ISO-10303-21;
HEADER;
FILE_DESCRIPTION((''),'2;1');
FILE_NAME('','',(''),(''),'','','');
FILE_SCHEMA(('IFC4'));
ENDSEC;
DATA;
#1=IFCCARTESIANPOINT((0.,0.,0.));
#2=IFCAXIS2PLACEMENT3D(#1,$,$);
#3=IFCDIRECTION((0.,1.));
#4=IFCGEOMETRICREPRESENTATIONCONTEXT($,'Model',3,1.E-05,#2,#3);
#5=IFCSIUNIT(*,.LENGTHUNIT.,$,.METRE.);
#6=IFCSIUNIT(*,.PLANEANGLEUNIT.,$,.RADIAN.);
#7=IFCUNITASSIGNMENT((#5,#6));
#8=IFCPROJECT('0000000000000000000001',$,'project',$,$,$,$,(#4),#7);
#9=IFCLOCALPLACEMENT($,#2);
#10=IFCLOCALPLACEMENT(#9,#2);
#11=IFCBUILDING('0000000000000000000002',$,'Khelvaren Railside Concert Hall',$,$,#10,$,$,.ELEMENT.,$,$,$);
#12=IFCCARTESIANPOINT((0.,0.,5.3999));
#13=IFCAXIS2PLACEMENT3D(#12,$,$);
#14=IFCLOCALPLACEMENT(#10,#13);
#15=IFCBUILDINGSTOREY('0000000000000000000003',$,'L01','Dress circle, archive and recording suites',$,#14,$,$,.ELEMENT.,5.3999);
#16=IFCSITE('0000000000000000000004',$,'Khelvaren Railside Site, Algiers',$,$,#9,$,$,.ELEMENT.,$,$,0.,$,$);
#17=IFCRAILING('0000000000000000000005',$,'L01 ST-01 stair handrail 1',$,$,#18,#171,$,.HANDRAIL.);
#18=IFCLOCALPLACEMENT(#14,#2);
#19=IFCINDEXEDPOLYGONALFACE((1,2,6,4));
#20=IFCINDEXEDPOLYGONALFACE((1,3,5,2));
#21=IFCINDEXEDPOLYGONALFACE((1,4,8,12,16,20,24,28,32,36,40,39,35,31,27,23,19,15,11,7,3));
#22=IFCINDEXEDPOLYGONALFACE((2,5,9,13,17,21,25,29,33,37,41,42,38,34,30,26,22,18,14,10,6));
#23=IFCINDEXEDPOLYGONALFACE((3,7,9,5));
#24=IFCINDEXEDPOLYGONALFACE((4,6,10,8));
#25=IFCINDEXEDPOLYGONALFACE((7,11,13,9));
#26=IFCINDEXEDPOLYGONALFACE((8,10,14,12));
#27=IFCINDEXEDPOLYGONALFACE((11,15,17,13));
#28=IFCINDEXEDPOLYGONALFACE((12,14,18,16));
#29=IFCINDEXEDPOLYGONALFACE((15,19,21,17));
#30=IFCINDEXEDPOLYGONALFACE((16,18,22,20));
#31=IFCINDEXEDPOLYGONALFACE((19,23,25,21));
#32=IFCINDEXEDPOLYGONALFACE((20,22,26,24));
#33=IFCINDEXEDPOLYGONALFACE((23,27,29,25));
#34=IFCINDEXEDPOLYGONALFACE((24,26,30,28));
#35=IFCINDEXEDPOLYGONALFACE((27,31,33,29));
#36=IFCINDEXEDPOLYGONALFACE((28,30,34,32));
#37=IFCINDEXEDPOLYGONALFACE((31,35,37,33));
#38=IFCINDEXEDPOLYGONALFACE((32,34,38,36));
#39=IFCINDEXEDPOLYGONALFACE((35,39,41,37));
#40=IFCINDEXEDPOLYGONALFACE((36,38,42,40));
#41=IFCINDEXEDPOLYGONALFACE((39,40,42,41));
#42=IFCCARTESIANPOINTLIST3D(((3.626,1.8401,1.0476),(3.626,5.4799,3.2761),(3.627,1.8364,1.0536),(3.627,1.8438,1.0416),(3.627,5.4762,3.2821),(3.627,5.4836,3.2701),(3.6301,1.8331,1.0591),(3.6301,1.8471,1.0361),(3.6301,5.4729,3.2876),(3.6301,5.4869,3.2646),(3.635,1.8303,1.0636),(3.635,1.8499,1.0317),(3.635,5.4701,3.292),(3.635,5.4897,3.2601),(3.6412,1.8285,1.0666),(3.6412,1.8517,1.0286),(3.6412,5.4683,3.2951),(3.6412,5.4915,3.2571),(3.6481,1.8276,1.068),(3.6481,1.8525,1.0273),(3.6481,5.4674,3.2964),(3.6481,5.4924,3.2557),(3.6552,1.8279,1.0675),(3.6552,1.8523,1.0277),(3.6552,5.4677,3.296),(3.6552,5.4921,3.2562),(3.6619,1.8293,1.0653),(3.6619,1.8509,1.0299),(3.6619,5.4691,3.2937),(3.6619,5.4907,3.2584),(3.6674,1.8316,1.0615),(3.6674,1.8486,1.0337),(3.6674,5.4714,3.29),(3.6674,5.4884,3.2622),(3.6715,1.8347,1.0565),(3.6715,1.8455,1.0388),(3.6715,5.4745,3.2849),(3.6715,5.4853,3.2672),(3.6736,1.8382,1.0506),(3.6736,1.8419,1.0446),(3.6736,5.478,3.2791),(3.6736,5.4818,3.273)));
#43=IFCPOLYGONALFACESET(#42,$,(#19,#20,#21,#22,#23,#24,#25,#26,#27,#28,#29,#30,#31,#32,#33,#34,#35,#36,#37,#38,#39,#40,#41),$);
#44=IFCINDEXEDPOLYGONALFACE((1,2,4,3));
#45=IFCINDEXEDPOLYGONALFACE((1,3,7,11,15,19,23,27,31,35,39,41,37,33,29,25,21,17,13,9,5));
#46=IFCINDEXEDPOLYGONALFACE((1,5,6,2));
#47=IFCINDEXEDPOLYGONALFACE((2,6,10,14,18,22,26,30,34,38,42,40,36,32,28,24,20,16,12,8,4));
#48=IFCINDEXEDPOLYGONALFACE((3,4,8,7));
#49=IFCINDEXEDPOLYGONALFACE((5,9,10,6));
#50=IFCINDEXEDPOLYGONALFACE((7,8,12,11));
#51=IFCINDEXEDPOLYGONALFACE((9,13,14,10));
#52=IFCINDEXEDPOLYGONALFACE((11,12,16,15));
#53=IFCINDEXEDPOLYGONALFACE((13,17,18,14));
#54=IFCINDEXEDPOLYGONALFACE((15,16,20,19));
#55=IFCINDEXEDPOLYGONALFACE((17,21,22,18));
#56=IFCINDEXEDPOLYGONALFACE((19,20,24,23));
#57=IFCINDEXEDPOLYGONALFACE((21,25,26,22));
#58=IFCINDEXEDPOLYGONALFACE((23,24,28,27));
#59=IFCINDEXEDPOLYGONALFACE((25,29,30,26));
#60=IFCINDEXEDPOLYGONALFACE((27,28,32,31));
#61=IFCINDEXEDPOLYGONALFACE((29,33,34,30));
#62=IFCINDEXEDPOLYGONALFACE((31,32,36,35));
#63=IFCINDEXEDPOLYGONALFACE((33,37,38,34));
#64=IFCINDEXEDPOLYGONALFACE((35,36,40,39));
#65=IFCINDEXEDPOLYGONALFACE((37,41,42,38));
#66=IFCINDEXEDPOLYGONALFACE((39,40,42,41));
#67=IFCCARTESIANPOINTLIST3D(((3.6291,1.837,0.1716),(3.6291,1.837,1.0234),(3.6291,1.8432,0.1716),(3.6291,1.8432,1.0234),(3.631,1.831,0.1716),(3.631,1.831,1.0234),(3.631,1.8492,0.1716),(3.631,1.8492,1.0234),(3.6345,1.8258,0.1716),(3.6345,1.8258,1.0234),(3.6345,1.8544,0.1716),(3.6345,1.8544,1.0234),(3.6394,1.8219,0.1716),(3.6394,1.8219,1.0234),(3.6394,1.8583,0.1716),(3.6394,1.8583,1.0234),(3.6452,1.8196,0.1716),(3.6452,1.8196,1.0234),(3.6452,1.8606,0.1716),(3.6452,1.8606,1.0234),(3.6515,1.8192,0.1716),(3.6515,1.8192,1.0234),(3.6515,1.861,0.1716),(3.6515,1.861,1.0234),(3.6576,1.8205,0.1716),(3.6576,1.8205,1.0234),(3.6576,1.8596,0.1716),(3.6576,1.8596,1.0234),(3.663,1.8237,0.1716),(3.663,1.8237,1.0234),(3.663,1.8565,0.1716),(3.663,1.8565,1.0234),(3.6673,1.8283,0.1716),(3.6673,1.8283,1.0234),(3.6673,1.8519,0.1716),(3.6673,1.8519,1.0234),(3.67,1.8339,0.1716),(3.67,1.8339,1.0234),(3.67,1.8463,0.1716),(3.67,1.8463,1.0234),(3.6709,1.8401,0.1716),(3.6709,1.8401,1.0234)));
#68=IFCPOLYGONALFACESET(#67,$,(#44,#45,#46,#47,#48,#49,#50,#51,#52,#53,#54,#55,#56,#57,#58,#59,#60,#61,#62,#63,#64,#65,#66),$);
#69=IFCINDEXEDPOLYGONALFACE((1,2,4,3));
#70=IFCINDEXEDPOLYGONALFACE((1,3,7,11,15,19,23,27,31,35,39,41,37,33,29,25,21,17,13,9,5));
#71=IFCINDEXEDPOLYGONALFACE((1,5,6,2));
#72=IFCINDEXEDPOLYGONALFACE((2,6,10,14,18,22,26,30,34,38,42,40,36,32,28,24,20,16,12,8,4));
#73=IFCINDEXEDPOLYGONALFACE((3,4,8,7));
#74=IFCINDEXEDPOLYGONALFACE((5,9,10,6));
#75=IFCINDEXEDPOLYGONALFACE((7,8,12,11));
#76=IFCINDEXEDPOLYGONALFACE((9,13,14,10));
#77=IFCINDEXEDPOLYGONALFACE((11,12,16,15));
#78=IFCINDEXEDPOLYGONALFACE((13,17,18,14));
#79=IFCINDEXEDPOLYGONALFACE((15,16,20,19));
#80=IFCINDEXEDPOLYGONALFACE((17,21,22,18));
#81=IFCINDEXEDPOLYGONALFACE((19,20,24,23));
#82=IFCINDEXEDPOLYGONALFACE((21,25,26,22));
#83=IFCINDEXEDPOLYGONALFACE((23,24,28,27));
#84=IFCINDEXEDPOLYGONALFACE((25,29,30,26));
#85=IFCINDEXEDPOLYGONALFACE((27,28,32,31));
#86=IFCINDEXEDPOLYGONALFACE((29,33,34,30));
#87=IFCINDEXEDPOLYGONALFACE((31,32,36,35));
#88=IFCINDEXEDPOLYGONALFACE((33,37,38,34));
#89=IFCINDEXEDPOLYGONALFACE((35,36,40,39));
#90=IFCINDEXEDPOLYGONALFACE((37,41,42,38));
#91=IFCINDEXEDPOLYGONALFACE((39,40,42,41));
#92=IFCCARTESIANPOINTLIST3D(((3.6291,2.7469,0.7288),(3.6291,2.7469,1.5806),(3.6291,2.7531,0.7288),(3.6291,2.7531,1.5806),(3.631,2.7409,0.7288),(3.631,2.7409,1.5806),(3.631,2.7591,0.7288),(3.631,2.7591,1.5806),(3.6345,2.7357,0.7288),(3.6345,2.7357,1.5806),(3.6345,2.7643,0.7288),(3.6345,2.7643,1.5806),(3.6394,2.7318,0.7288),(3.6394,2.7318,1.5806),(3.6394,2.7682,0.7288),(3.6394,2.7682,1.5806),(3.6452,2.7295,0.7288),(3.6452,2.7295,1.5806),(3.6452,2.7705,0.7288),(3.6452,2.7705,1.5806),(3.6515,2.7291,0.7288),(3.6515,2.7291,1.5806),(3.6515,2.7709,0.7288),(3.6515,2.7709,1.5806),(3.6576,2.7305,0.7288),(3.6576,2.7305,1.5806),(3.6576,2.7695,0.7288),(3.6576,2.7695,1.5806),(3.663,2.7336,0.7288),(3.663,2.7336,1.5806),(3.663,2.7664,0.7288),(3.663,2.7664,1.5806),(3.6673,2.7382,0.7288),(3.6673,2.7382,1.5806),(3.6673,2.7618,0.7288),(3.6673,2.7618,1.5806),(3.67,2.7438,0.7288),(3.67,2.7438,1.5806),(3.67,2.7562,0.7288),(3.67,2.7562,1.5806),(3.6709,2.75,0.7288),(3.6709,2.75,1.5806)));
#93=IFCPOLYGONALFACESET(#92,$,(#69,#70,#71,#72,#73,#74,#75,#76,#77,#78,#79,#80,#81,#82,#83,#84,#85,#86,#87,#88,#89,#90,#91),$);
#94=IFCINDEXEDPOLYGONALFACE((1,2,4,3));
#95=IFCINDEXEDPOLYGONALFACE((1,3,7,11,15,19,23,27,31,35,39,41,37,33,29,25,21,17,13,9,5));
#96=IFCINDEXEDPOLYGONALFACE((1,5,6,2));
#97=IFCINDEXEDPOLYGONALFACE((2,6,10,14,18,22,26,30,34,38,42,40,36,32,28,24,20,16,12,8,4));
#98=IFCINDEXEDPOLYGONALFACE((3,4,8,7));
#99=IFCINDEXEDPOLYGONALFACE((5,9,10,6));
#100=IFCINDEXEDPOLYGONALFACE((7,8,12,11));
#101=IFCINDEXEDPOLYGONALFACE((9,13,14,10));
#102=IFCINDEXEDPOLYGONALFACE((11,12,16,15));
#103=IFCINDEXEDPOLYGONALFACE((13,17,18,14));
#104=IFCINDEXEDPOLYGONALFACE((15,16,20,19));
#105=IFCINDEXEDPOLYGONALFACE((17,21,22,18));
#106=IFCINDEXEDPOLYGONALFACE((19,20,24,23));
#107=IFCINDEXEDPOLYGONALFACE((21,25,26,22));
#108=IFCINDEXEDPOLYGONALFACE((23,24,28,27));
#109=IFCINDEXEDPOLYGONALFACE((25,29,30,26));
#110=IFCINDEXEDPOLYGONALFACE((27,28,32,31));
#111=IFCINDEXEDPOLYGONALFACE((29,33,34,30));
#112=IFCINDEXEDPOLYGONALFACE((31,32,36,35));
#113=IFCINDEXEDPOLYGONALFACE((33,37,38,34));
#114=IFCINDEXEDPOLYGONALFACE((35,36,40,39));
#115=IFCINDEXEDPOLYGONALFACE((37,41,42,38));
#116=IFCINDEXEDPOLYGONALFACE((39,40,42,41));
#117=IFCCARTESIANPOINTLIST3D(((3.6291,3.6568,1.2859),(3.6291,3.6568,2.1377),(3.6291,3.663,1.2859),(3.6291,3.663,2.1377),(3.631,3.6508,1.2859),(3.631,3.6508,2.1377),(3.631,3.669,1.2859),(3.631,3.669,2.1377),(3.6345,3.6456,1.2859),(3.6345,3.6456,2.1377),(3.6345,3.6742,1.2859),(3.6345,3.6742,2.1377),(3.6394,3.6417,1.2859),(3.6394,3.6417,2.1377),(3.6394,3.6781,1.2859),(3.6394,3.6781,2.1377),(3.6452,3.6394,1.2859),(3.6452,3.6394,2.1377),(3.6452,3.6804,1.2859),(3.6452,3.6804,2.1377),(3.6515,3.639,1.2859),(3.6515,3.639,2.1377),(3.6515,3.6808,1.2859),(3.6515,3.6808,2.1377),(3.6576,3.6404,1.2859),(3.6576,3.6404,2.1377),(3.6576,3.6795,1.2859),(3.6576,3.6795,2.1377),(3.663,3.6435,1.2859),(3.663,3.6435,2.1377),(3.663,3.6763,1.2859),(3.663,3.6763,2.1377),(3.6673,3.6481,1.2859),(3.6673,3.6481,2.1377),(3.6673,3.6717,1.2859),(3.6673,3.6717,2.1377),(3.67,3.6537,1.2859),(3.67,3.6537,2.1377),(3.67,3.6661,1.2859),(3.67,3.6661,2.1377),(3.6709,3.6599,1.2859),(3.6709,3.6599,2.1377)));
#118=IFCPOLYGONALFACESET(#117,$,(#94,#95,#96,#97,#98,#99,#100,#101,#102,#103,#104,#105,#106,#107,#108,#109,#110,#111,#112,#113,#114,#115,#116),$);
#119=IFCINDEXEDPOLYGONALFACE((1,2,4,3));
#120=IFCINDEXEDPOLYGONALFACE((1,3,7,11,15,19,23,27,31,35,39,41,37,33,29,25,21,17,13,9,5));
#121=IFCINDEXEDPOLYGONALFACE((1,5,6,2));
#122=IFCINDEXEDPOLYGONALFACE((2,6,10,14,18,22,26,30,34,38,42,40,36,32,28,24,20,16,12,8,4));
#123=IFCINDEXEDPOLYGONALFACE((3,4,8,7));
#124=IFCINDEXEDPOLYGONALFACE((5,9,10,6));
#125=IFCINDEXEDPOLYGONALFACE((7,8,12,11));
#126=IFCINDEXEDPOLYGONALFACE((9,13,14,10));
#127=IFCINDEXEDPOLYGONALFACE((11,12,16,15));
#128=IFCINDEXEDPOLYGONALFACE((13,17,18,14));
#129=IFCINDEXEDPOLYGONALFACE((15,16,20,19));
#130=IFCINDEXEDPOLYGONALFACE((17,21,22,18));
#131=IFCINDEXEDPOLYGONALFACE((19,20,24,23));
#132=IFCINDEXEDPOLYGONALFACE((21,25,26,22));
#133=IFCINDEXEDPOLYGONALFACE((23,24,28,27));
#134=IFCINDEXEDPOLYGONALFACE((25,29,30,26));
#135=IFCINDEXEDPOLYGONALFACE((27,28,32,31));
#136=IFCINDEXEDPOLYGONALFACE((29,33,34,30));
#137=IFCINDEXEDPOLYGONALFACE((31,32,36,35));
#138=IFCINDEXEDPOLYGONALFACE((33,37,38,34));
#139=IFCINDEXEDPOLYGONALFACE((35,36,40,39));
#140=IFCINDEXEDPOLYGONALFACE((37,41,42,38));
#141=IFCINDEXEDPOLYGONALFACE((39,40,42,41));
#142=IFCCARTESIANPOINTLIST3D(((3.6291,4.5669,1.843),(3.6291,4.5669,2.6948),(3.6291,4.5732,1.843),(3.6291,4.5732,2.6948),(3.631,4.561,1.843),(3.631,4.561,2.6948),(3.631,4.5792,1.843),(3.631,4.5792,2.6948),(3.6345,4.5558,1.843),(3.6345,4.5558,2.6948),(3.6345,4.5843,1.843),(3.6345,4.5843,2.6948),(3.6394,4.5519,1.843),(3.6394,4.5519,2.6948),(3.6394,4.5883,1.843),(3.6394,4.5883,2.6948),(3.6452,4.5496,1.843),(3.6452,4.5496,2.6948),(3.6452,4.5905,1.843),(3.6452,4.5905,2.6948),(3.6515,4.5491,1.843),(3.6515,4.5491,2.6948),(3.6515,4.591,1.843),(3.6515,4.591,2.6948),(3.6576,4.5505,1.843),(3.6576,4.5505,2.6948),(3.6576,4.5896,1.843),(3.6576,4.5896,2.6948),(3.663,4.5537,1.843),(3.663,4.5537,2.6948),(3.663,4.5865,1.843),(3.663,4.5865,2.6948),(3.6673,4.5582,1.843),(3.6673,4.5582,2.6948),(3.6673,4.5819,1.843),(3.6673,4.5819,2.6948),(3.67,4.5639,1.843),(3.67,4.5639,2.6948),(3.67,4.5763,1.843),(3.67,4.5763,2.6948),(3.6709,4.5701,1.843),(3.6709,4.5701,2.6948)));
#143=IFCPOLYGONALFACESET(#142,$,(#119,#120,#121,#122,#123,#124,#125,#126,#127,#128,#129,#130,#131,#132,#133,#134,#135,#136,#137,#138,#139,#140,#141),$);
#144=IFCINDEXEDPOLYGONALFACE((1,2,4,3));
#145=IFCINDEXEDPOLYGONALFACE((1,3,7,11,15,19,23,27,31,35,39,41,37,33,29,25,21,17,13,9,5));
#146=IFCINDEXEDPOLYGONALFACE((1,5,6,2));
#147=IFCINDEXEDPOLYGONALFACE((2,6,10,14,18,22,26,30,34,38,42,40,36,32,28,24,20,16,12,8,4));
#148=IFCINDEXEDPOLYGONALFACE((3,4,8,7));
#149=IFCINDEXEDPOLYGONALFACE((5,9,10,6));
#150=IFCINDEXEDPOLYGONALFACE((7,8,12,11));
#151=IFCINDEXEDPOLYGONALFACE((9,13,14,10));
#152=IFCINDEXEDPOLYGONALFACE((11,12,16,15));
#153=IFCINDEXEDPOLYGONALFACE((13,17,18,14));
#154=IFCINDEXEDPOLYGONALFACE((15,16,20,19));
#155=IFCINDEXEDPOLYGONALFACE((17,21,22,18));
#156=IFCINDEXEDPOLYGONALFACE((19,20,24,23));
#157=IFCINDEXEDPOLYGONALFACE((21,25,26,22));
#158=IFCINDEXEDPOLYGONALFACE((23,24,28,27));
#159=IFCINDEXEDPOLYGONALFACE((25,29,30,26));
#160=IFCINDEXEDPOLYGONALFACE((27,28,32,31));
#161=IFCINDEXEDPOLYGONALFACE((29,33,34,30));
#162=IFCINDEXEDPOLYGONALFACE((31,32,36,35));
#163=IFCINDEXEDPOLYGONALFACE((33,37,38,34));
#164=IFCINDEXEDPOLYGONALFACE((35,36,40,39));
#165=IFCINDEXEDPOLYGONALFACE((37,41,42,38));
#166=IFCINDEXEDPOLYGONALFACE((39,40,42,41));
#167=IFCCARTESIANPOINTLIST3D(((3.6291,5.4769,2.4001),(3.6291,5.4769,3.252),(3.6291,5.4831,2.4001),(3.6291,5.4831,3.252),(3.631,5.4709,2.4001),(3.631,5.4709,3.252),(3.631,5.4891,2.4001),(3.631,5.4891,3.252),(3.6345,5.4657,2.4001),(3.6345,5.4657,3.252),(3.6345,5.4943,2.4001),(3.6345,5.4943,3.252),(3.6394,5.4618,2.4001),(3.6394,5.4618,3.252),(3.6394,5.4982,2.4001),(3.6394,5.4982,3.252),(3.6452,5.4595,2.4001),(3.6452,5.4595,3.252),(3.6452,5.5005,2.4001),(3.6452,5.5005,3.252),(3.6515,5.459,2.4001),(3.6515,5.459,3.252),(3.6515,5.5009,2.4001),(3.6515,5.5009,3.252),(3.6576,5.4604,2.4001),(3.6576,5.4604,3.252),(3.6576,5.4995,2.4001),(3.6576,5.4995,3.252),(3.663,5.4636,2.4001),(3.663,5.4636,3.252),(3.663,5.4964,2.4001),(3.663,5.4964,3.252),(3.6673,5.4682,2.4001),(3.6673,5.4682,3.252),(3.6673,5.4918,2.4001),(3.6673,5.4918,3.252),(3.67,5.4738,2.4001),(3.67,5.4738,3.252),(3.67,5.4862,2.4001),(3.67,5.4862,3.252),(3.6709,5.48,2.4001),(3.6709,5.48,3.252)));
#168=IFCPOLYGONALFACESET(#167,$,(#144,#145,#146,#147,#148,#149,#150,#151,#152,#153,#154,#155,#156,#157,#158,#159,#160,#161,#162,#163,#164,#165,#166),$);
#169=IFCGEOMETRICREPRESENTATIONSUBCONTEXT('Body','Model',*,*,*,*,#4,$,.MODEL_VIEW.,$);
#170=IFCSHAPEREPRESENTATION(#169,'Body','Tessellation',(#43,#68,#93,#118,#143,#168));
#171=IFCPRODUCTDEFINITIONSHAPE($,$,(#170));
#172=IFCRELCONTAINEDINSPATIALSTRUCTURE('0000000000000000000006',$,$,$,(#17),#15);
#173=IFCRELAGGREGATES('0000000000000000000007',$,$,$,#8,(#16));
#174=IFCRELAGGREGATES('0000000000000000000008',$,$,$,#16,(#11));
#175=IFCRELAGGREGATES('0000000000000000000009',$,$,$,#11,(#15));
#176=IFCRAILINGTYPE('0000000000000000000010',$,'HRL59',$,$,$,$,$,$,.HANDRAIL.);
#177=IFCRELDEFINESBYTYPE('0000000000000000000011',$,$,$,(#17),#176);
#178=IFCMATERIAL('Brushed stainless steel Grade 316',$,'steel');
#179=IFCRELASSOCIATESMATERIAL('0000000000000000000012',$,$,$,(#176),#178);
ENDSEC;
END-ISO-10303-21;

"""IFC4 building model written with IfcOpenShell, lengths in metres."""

from ifc_helpers import new_model, si_unit, direction, frame, origin, origin_2d, place, context, subcontext, project, spatial, circle, extrude, material, type_object, element, save


model = new_model("IFC4")

# Units and contexts
model_context = context("Model", 3, precision=1e-05, world=origin(), true_north=direction((0.0, 1.0)))
body_context = subcontext(model_context, "Body", "Model", "MODEL_VIEW")
ifc_project = project(units=[si_unit("LENGTHUNIT", "METRE"), si_unit("PLANEANGLEUNIT", "RADIAN")], contexts=[model_context])

# Site, building, storey
site_placement = place(None, origin())
site = spatial("IfcSite", under=ifc_project, at=site_placement, Name="Khelvaren Railside Site, Algiers", CompositionType="ELEMENT", RefElevation=0.0)
building_placement = place(site_placement, origin())
building = spatial("IfcBuilding", under=site, at=building_placement, Name="Khelvaren Railside Concert Hall", CompositionType="ELEMENT")
storey_placement = place(building_placement, frame((0.0, 0.0, 5.3999)))
storey = spatial("IfcBuildingStorey", under=building, at=storey_placement, Name="L01", Description="Dress circle, archive and recording suites", CompositionType="ELEMENT", Elevation=5.3999)

# Railing
ifc_material_1 = material(Name="Brushed stainless steel Grade 316", Category="steel")
railing_type_1 = type_object("IfcRailingType", Name="HRL59", PredefinedType="HANDRAIL", material=ifc_material_1)
railing_1_placement = place(storey_placement, frame((3.6499, 1.8401, 0.1716)))
element("IfcRailing", 1, at=railing_1_placement, inside=storey, type_object=railing_type_1, Name="L01 ST-01 stair handrail 1", PredefinedType="HANDRAIL", context=body_context, shape_type="SweptSolid", body=[
    extrude(circle(Radius=0.0239, at=origin_2d()), frame((0.0, 0.0, 0.876), z_axis=(0.0, 0.85285, 0.522156), x_axis=(-1.0, 0.0, 0.0)), (0.0, 0.0, 1.0), 4.2678),
    extrude(circle(Radius=0.021, at=origin_2d()), origin(), (0.0, 0.0, 1.0), 0.8518),
    extrude(circle(Radius=0.021, at=origin_2d()), frame((0.0, 0.9099, 0.5571)), (0.0, 0.0, 1.0), 0.8518),
    extrude(circle(Radius=0.021, at=origin_2d()), frame((0.0, 1.8198, 1.1143)), (0.0, 0.0, 1.0), 0.8518),
    extrude(circle(Radius=0.021, at=origin_2d()), frame((0.0, 2.73, 1.6714)), (0.0, 0.0, 1.0), 0.8518),
    extrude(circle(Radius=0.021, at=origin_2d()), frame((0.0, 3.6399, 2.2285)), (0.0, 0.0, 1.0), 0.8518),
])

save(model, "model.ifc")
